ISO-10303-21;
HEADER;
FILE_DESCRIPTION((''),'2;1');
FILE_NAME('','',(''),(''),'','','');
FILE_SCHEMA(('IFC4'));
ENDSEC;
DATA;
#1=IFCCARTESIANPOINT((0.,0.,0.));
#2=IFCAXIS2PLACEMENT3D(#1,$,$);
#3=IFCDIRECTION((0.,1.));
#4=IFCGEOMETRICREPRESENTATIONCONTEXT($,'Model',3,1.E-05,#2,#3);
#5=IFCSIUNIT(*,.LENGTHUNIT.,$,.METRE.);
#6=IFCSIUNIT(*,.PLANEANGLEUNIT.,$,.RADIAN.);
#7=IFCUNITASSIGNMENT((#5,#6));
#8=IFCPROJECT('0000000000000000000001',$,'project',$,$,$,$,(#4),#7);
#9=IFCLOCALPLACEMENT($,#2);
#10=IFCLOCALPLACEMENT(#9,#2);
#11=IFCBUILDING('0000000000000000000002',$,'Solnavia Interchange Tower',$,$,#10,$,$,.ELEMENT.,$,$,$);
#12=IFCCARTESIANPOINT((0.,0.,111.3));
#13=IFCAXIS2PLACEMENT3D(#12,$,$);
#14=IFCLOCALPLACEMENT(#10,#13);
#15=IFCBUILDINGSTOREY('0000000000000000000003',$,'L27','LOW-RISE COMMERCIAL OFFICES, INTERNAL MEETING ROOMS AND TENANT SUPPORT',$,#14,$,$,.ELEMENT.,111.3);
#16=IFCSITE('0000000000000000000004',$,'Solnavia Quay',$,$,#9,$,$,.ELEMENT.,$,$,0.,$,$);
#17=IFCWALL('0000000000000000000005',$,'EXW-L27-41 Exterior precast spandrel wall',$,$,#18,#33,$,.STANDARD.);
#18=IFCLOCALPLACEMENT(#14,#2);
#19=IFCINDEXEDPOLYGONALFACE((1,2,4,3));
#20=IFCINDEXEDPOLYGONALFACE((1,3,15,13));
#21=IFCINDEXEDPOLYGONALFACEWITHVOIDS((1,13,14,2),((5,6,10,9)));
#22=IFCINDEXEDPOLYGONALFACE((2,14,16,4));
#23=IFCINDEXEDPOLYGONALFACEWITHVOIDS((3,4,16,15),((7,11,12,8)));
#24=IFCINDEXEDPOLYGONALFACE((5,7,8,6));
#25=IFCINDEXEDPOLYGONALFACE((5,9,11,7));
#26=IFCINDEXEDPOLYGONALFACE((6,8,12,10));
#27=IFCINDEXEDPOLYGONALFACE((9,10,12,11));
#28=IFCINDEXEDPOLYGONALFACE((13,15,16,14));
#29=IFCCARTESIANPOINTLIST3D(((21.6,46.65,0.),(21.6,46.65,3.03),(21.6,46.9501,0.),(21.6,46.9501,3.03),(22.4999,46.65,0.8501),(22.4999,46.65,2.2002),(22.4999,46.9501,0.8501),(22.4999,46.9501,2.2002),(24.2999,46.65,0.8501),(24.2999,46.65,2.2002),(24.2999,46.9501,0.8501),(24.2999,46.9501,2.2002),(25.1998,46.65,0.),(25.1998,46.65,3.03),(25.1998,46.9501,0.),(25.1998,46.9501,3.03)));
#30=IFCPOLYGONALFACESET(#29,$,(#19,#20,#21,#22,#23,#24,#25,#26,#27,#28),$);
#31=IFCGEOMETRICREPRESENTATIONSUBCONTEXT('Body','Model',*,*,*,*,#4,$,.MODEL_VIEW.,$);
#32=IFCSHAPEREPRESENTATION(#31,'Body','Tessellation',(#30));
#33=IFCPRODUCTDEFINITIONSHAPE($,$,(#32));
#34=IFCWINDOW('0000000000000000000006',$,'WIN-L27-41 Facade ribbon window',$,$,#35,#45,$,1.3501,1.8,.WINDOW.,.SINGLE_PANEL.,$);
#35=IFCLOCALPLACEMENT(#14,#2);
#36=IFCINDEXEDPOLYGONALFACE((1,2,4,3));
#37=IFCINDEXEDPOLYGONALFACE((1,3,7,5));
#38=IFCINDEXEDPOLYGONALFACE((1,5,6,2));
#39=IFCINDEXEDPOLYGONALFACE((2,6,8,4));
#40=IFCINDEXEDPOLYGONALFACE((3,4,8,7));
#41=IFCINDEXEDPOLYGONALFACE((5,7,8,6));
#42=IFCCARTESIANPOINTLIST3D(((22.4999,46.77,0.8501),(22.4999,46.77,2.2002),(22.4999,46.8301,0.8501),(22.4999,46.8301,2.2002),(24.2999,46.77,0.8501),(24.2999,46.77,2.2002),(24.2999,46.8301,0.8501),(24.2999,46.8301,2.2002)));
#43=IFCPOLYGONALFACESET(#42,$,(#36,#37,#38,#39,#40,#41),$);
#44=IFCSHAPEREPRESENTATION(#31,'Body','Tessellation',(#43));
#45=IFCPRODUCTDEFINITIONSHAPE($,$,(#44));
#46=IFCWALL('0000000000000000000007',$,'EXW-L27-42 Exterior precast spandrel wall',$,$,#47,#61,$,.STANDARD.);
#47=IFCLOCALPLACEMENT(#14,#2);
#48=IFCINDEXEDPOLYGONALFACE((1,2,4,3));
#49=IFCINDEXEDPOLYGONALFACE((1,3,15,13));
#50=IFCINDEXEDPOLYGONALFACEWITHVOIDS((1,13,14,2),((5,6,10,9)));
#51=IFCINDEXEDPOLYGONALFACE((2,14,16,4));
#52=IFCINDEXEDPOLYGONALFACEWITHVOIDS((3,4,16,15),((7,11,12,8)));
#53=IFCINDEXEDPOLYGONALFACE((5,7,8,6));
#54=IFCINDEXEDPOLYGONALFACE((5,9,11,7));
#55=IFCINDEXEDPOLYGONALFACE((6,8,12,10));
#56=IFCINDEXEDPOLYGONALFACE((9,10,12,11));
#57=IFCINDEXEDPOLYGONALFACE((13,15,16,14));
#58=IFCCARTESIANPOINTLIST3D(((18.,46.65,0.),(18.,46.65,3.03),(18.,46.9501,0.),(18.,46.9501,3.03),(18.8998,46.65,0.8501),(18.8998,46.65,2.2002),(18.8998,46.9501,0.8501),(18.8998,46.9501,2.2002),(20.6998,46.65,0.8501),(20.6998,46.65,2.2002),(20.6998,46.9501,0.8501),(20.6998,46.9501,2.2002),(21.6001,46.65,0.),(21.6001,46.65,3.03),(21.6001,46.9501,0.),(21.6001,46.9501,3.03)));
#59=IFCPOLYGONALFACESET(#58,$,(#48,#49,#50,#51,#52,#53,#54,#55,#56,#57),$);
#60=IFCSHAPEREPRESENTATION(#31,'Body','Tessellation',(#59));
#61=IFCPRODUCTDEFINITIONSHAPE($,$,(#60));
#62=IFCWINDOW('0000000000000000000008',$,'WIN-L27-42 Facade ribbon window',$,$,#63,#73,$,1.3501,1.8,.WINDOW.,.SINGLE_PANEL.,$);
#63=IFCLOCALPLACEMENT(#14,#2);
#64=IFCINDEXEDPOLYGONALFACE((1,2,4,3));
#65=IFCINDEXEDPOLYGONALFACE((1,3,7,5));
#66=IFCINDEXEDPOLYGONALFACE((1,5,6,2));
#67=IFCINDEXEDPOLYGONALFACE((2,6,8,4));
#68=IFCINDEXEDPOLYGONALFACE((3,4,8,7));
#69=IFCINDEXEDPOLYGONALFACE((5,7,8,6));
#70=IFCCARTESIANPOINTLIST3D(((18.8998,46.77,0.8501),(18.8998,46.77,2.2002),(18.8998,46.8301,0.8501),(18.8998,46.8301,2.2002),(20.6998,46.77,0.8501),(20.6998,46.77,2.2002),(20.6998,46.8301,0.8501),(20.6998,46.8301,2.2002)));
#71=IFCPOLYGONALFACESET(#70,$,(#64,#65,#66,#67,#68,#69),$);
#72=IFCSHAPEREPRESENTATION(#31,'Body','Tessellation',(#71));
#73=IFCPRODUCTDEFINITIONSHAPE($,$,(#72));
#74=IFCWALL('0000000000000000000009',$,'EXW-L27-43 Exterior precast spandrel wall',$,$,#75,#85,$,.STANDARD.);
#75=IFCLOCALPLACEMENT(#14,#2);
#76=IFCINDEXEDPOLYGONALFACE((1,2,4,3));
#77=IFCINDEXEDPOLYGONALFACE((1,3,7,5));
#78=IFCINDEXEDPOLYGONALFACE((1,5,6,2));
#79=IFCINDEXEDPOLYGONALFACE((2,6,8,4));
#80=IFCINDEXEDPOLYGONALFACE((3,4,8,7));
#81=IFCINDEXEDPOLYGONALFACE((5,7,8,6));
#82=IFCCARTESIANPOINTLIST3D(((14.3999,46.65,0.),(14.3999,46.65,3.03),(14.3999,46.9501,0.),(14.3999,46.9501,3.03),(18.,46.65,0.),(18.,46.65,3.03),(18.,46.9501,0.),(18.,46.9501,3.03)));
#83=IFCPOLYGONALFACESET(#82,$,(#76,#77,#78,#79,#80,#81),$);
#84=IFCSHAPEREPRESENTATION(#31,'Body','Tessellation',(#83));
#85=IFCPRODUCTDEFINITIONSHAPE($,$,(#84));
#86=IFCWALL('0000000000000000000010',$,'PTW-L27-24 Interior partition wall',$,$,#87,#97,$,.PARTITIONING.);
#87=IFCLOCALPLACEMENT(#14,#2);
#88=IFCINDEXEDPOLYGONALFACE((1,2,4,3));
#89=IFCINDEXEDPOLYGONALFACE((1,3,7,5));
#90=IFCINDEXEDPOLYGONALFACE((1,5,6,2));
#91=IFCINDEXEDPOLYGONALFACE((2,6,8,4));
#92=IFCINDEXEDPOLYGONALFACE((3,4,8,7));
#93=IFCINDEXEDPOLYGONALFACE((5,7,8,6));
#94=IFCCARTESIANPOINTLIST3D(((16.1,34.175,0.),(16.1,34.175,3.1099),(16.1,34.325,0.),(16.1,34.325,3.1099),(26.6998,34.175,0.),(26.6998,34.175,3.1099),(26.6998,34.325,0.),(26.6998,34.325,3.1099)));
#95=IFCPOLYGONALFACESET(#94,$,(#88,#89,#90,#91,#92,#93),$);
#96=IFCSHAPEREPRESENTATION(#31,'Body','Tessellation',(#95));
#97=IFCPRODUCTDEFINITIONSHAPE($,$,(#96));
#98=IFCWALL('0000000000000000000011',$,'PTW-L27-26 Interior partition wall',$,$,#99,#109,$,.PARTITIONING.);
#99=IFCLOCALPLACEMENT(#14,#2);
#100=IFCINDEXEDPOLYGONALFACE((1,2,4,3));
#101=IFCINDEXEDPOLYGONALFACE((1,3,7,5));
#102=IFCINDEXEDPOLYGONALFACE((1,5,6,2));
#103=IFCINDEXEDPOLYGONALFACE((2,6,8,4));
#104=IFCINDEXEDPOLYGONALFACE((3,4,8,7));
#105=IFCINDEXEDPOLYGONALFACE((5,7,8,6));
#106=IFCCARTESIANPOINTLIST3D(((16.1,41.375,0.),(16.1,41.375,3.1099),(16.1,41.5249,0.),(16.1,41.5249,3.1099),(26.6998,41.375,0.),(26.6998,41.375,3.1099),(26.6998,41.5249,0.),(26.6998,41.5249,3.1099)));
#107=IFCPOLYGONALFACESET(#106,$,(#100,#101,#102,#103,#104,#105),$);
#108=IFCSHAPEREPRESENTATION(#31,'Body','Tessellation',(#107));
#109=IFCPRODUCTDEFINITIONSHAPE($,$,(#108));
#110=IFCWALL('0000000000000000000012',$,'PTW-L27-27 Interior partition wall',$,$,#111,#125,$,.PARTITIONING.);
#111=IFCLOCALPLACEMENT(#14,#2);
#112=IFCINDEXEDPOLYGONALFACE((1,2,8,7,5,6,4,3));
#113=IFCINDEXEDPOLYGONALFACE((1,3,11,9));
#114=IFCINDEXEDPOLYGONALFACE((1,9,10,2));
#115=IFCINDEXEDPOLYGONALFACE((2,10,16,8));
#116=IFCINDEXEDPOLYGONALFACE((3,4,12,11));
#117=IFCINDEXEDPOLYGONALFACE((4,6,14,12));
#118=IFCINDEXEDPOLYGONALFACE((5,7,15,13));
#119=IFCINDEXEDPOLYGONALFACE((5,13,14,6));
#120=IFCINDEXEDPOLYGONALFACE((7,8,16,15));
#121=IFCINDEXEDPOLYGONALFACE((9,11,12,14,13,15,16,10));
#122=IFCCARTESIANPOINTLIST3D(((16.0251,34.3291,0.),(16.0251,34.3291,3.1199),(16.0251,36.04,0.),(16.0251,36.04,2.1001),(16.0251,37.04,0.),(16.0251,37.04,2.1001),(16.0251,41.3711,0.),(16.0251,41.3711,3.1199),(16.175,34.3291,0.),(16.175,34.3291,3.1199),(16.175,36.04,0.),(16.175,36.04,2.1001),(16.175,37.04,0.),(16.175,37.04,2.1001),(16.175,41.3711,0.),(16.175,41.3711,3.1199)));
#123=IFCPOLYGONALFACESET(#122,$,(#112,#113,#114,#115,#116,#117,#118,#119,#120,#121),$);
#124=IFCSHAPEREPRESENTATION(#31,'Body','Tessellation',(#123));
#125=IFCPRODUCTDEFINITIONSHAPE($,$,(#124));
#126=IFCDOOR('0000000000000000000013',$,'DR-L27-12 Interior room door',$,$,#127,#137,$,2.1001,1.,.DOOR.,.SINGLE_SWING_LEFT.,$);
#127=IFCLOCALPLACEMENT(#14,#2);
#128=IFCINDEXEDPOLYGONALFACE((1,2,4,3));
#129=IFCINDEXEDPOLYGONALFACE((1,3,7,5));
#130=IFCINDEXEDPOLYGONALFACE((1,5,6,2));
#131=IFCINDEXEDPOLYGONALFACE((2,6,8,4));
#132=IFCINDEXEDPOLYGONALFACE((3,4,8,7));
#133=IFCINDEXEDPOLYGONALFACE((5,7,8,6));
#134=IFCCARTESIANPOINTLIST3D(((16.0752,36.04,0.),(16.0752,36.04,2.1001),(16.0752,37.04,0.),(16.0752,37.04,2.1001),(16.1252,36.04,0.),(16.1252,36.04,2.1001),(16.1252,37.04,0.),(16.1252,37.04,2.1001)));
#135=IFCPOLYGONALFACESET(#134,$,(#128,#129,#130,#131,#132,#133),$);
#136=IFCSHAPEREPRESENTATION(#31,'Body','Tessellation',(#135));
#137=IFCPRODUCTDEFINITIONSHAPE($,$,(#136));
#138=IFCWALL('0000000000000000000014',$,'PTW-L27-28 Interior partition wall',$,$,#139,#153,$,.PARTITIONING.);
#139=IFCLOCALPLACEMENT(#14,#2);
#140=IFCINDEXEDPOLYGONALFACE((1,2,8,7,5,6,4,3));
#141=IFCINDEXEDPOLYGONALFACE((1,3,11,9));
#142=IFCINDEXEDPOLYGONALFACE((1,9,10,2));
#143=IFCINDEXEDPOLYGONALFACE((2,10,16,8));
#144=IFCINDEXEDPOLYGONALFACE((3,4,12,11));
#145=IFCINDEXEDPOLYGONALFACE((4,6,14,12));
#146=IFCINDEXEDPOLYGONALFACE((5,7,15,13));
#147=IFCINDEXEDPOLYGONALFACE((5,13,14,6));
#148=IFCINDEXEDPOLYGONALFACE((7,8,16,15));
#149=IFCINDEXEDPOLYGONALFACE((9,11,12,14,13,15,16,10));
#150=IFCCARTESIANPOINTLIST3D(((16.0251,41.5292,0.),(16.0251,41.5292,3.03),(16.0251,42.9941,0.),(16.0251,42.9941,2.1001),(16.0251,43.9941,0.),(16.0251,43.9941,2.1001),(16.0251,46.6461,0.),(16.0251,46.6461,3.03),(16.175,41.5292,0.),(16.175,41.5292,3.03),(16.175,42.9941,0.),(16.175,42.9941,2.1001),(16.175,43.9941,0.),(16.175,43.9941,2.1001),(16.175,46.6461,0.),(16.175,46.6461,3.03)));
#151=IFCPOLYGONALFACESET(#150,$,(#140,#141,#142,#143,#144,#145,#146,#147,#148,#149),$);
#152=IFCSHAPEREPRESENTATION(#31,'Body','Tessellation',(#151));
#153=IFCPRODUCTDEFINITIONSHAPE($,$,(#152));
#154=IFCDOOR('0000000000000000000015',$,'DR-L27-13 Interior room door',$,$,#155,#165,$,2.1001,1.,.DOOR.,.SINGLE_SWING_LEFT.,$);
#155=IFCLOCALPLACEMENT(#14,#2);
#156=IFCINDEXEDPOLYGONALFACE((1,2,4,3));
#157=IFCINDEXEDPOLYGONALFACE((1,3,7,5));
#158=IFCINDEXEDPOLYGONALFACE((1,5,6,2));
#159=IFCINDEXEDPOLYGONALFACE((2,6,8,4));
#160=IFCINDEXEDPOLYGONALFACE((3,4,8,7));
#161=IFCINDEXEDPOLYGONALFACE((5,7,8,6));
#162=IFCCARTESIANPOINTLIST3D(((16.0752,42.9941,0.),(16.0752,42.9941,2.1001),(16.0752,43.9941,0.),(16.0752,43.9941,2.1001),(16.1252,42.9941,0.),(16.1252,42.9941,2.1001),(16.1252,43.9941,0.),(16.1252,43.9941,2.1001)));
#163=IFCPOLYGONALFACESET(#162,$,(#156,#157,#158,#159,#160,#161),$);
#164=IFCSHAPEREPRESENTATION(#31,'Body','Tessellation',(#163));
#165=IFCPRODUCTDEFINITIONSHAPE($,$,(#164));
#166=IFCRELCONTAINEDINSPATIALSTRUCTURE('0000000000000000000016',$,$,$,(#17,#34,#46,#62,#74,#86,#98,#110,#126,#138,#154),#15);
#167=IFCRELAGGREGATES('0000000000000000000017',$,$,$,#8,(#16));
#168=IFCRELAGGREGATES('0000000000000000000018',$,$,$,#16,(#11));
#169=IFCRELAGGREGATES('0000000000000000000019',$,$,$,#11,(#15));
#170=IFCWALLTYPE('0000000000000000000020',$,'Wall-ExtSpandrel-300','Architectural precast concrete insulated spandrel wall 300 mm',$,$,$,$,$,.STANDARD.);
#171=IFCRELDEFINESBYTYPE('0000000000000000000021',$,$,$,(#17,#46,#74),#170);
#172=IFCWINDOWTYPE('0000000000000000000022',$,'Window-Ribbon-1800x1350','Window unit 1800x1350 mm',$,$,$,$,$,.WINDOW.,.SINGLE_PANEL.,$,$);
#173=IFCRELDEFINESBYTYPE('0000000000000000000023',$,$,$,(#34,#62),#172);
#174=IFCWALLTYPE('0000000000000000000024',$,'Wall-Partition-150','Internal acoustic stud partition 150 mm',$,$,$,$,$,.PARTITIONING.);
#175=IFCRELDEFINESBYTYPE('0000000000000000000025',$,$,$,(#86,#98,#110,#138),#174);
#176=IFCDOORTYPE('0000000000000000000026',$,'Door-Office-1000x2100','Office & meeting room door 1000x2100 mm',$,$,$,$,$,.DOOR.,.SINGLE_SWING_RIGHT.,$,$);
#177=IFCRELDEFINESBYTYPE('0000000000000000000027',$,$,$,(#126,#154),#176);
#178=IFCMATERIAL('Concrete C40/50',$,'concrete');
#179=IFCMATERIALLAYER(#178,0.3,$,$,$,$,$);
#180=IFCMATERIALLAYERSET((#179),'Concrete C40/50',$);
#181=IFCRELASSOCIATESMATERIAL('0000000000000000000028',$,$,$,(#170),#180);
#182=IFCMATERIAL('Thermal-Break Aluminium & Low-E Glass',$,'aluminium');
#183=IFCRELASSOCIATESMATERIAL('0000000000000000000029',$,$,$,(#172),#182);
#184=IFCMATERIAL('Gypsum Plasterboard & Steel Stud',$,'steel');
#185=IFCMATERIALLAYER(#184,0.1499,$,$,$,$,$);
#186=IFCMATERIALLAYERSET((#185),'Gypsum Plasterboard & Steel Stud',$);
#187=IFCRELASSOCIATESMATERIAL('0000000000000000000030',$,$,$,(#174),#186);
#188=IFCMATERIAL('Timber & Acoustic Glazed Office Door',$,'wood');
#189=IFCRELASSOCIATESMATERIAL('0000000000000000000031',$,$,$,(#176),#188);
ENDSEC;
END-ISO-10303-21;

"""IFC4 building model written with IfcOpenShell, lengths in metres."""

from ifc_helpers import new_model, si_unit, direction, frame, frame_2d, origin, place, context, subcontext, project, spatial, rectangle, extrude, material, layer, layer_set, type_object, element, fill, save


model = new_model("IFC4")

# Units and contexts
model_context = context("Model", 3, precision=1e-05, world=origin(), true_north=direction((0.0, 1.0)))
body_context = subcontext(model_context, "Body", "Model", "MODEL_VIEW")
ifc_project = project(units=[si_unit("LENGTHUNIT", "METRE"), si_unit("PLANEANGLEUNIT", "RADIAN")], contexts=[model_context])

# Site, building, storey
site_placement = place(None, origin())
site = spatial("IfcSite", under=ifc_project, at=site_placement, Name="Solnavia Quay", CompositionType="ELEMENT", RefElevation=0.0)
building_placement = place(site_placement, origin())
building = spatial("IfcBuilding", under=site, at=building_placement, Name="Solnavia Interchange Tower", CompositionType="ELEMENT")
storey_placement = place(building_placement, frame((0.0, 0.0, 111.3)))
storey = spatial("IfcBuildingStorey", under=building, at=storey_placement, Name="L27", Description="LOW-RISE COMMERCIAL OFFICES, INTERNAL MEETING ROOMS AND TENANT SUPPORT", CompositionType="ELEMENT", Elevation=111.3)

# Walls, openings, windows
ifc_material_1 = material(Name="Concrete C40/50", Category="concrete")
ifc_layer_1 = layer(ifc_material_1, 0.3)
ifc_layer_set_1 = layer_set([ifc_layer_1], Name="Concrete C40/50")
wall_type_1 = type_object("IfcWallType", Name="Wall-ExtSpandrel-300", Description="Architectural precast concrete insulated spandrel wall 300 mm", PredefinedType="STANDARD", material=ifc_layer_set_1)
wall_1_placement = place(storey_placement, frame((21.6001, 46.8, 0.0), z_axis=(0.0, 0.0, 1.0), x_axis=(1.0, 0.0, 0.0)))
wall_1 = element("IfcWall", 1, at=wall_1_placement, inside=storey, type_object=wall_type_1, Name="EXW-L27-41 Exterior precast spandrel wall", PredefinedType="STANDARD", context=body_context, shape_type="SweptSolid", body=[
    extrude(rectangle(XDim=3.5999, YDim=0.3, at=frame_2d((1.7998, 0.0))), origin(), (0.0, 0.0, 1.0), 3.03),
])
opening_1_placement = place(wall_1_placement, frame((0.8999, 0.0, 0.8501)))
opening_1 = element("IfcOpeningElement", 2, at=opening_1_placement, cuts=wall_1, PredefinedType="OPENING", context=body_context, shape_type="SweptSolid", body=[
    extrude(rectangle(XDim=1.8, YDim=1.3501, at=frame_2d((0.8999, 0.675))), frame((0.0, 0.1602, 0.0), z_axis=(0.0, -1.0, 0.0), x_axis=(1.0, 0.0, 0.0)), (0.0, 0.0, 1.0), 0.3201),
])
ifc_material_2 = material(Name="Thermal-Break Aluminium & Low-E Glass", Category="aluminium")
window_type = type_object("IfcWindowType", Name="Window-Ribbon-1800x1350", Description="Window unit 1800x1350 mm", PartitioningType="SINGLE_PANEL", PredefinedType="WINDOW", material=ifc_material_2)
window_1_placement = place(opening_1_placement, origin())
window_1 = element("IfcWindow", 3, at=window_1_placement, inside=storey, type_object=window_type, Name="WIN-L27-41 Facade ribbon window", OverallHeight=1.3501, OverallWidth=1.8, PartitioningType="SINGLE_PANEL", PredefinedType="WINDOW", context=body_context, shape_type="SweptSolid", body=[
    extrude(rectangle(XDim=1.8, YDim=1.3501, at=frame_2d((0.8999, 0.675))), frame((0.0, 0.03, 0.0), z_axis=(0.0, -1.0, 0.0), x_axis=(1.0, 0.0, 0.0)), (0.0, 0.0, 1.0), 0.0601),
])
fill(opening_1, window_1)
wall_2_placement = place(storey_placement, frame((18.0, 46.8, 0.0), z_axis=(0.0, 0.0, 1.0), x_axis=(1.0, 0.0, 0.0)))
wall_2 = element("IfcWall", 4, at=wall_2_placement, inside=storey, type_object=wall_type_1, Name="EXW-L27-42 Exterior precast spandrel wall", PredefinedType="STANDARD", context=body_context, shape_type="SweptSolid", body=[
    extrude(rectangle(XDim=3.6001, YDim=0.3, at=frame_2d((1.8, 0.0))), origin(), (0.0, 0.0, 1.0), 3.03),
])
opening_2_placement = place(wall_2_placement, frame((0.8999, 0.0, 0.8501)))
opening_2 = element("IfcOpeningElement", 5, at=opening_2_placement, cuts=wall_2, PredefinedType="OPENING", context=body_context, shape_type="SweptSolid", body=[
    extrude(rectangle(XDim=1.8, YDim=1.3501, at=frame_2d((0.8999, 0.675))), frame((0.0, 0.1602, 0.0), z_axis=(0.0, -1.0, 0.0), x_axis=(1.0, 0.0, 0.0)), (0.0, 0.0, 1.0), 0.3201),
])
window_2_placement = place(opening_2_placement, origin())
window_2 = element("IfcWindow", 6, at=window_2_placement, inside=storey, type_object=window_type, Name="WIN-L27-42 Facade ribbon window", OverallHeight=1.3501, OverallWidth=1.8, PartitioningType="SINGLE_PANEL", PredefinedType="WINDOW", context=body_context, shape_type="SweptSolid", body=[
    extrude(rectangle(XDim=1.8, YDim=1.3501, at=frame_2d((0.8999, 0.675))), frame((0.0, 0.03, 0.0), z_axis=(0.0, -1.0, 0.0), x_axis=(1.0, 0.0, 0.0)), (0.0, 0.0, 1.0), 0.0601),
])
fill(opening_2, window_2)

# Walls
wall_3_placement = place(storey_placement, frame((14.3999, 46.8, 0.0), z_axis=(0.0, 0.0, 1.0), x_axis=(1.0, 0.0, 0.0)))
element("IfcWall", 7, at=wall_3_placement, inside=storey, type_object=wall_type_1, Name="EXW-L27-43 Exterior precast spandrel wall", PredefinedType="STANDARD", context=body_context, shape_type="SweptSolid", body=[
    extrude(rectangle(XDim=3.6001, YDim=0.3, at=frame_2d((1.8, 0.0))), origin(), (0.0, 0.0, 1.0), 3.03),
])
ifc_material_3 = material(Name="Gypsum Plasterboard & Steel Stud", Category="steel")
ifc_layer_2 = layer(ifc_material_3, 0.1499)
ifc_layer_set_2 = layer_set([ifc_layer_2], Name="Gypsum Plasterboard & Steel Stud")
wall_type_2 = type_object("IfcWallType", Name="Wall-Partition-150", Description="Internal acoustic stud partition 150 mm", PredefinedType="PARTITIONING", material=ifc_layer_set_2)
for number, where, z_axis, x_axis, name in (
    (8, (16.1001, 34.25, 0.0), (0.0, 0.0, 1.0), (1.0, 0.0, 0.0), "PTW-L27-24 Interior partition wall"),
    (9, (16.1001, 41.45, 0.0), (0.0, 0.0, 1.0), (1.0, 0.0, 0.0), "PTW-L27-26 Interior partition wall"),
):
    element("IfcWall", number, at=place(storey_placement, frame(where, z_axis=z_axis, x_axis=x_axis)), inside=storey, type_object=wall_type_2, Name=name, PredefinedType="PARTITIONING", context=body_context, shape_type="SweptSolid", body=[
        extrude(rectangle(XDim=10.5999, YDim=0.1499, at=frame_2d((5.2998, 0.0))), origin(), (0.0, 0.0, 1.0), 3.1099),
    ])

# Walls, openings, doors
wall_4_placement = place(storey_placement, frame((16.1001, 34.3291, 0.0), z_axis=(0.0, 0.0, 1.0), x_axis=(0.0, 1.0, 0.0)))
wall_4 = element("IfcWall", 10, at=wall_4_placement, inside=storey, type_object=wall_type_2, Name="PTW-L27-27 Interior partition wall", PredefinedType="PARTITIONING", context=body_context, shape_type="SweptSolid", body=[
    extrude(rectangle(XDim=7.042, YDim=0.1499, at=frame_2d((3.521, 0.0))), origin(), (0.0, 0.0, 1.0), 3.1199),
])
opening_3_placement = place(wall_4_placement, frame((1.7109, 0.0, 0.0)))
opening_3 = element("IfcOpeningElement", 11, at=opening_3_placement, cuts=wall_4, PredefinedType="OPENING", context=body_context, shape_type="SweptSolid", body=[
    extrude(rectangle(XDim=1.0, YDim=2.1001, at=frame_2d((0.5, 1.05))), frame((0.0, 0.085, 0.0), z_axis=(0.0, -1.0, 0.0), x_axis=(1.0, 0.0, 0.0)), (0.0, 0.0, 1.0), 0.1699),
])
ifc_material_4 = material(Name="Timber & Acoustic Glazed Office Door", Category="wood")
door_type = type_object("IfcDoorType", Name="Door-Office-1000x2100", Description="Office & meeting room door 1000x2100 mm", OperationType="SINGLE_SWING_RIGHT", PredefinedType="DOOR", material=ifc_material_4)
door_1_placement = place(opening_3_placement, origin())
door_1 = element("IfcDoor", 12, at=door_1_placement, inside=storey, type_object=door_type, Name="DR-L27-12 Interior room door", OperationType="SINGLE_SWING_LEFT", OverallHeight=2.1001, OverallWidth=1.0, PredefinedType="DOOR", context=body_context, shape_type="SweptSolid", body=[
    extrude(rectangle(XDim=1.0, YDim=2.1001, at=frame_2d((0.5, 1.05))), frame((0.0, 0.0249, 0.0), z_axis=(0.0, -1.0, 0.0), x_axis=(1.0, 0.0, 0.0)), (0.0, 0.0, 1.0), 0.05),
])
fill(opening_3, door_1)
wall_5_placement = place(storey_placement, frame((16.1001, 41.5291, 0.0), z_axis=(0.0, 0.0, 1.0), x_axis=(0.0, 1.0, 0.0)))
wall_5 = element("IfcWall", 13, at=wall_5_placement, inside=storey, type_object=wall_type_2, Name="PTW-L27-28 Interior partition wall", PredefinedType="PARTITIONING", context=body_context, shape_type="SweptSolid", body=[
    extrude(rectangle(XDim=5.1169, YDim=0.1499, at=frame_2d((2.5586, 0.0))), origin(), (0.0, 0.0, 1.0), 3.03),
])
opening_4_placement = place(wall_5_placement, frame((1.4651, 0.0, 0.0)))
opening_4 = element("IfcOpeningElement", 14, at=opening_4_placement, cuts=wall_5, PredefinedType="OPENING", context=body_context, shape_type="SweptSolid", body=[
    extrude(rectangle(XDim=1.0, YDim=2.1001, at=frame_2d((0.5, 1.05))), frame((0.0, 0.085, 0.0), z_axis=(0.0, -1.0, 0.0), x_axis=(1.0, 0.0, 0.0)), (0.0, 0.0, 1.0), 0.1699),
])
door_2_placement = place(opening_4_placement, origin())
door_2 = element("IfcDoor", 15, at=door_2_placement, inside=storey, type_object=door_type, Name="DR-L27-13 Interior room door", OperationType="SINGLE_SWING_LEFT", OverallHeight=2.1001, OverallWidth=1.0, PredefinedType="DOOR", context=body_context, shape_type="SweptSolid", body=[
    extrude(rectangle(XDim=1.0, YDim=2.1001, at=frame_2d((0.5, 1.05))), frame((0.0, 0.0249, 0.0), z_axis=(0.0, -1.0, 0.0), x_axis=(1.0, 0.0, 0.0)), (0.0, 0.0, 1.0), 0.05),
])
fill(opening_4, door_2)

save(model, "model.ifc")
